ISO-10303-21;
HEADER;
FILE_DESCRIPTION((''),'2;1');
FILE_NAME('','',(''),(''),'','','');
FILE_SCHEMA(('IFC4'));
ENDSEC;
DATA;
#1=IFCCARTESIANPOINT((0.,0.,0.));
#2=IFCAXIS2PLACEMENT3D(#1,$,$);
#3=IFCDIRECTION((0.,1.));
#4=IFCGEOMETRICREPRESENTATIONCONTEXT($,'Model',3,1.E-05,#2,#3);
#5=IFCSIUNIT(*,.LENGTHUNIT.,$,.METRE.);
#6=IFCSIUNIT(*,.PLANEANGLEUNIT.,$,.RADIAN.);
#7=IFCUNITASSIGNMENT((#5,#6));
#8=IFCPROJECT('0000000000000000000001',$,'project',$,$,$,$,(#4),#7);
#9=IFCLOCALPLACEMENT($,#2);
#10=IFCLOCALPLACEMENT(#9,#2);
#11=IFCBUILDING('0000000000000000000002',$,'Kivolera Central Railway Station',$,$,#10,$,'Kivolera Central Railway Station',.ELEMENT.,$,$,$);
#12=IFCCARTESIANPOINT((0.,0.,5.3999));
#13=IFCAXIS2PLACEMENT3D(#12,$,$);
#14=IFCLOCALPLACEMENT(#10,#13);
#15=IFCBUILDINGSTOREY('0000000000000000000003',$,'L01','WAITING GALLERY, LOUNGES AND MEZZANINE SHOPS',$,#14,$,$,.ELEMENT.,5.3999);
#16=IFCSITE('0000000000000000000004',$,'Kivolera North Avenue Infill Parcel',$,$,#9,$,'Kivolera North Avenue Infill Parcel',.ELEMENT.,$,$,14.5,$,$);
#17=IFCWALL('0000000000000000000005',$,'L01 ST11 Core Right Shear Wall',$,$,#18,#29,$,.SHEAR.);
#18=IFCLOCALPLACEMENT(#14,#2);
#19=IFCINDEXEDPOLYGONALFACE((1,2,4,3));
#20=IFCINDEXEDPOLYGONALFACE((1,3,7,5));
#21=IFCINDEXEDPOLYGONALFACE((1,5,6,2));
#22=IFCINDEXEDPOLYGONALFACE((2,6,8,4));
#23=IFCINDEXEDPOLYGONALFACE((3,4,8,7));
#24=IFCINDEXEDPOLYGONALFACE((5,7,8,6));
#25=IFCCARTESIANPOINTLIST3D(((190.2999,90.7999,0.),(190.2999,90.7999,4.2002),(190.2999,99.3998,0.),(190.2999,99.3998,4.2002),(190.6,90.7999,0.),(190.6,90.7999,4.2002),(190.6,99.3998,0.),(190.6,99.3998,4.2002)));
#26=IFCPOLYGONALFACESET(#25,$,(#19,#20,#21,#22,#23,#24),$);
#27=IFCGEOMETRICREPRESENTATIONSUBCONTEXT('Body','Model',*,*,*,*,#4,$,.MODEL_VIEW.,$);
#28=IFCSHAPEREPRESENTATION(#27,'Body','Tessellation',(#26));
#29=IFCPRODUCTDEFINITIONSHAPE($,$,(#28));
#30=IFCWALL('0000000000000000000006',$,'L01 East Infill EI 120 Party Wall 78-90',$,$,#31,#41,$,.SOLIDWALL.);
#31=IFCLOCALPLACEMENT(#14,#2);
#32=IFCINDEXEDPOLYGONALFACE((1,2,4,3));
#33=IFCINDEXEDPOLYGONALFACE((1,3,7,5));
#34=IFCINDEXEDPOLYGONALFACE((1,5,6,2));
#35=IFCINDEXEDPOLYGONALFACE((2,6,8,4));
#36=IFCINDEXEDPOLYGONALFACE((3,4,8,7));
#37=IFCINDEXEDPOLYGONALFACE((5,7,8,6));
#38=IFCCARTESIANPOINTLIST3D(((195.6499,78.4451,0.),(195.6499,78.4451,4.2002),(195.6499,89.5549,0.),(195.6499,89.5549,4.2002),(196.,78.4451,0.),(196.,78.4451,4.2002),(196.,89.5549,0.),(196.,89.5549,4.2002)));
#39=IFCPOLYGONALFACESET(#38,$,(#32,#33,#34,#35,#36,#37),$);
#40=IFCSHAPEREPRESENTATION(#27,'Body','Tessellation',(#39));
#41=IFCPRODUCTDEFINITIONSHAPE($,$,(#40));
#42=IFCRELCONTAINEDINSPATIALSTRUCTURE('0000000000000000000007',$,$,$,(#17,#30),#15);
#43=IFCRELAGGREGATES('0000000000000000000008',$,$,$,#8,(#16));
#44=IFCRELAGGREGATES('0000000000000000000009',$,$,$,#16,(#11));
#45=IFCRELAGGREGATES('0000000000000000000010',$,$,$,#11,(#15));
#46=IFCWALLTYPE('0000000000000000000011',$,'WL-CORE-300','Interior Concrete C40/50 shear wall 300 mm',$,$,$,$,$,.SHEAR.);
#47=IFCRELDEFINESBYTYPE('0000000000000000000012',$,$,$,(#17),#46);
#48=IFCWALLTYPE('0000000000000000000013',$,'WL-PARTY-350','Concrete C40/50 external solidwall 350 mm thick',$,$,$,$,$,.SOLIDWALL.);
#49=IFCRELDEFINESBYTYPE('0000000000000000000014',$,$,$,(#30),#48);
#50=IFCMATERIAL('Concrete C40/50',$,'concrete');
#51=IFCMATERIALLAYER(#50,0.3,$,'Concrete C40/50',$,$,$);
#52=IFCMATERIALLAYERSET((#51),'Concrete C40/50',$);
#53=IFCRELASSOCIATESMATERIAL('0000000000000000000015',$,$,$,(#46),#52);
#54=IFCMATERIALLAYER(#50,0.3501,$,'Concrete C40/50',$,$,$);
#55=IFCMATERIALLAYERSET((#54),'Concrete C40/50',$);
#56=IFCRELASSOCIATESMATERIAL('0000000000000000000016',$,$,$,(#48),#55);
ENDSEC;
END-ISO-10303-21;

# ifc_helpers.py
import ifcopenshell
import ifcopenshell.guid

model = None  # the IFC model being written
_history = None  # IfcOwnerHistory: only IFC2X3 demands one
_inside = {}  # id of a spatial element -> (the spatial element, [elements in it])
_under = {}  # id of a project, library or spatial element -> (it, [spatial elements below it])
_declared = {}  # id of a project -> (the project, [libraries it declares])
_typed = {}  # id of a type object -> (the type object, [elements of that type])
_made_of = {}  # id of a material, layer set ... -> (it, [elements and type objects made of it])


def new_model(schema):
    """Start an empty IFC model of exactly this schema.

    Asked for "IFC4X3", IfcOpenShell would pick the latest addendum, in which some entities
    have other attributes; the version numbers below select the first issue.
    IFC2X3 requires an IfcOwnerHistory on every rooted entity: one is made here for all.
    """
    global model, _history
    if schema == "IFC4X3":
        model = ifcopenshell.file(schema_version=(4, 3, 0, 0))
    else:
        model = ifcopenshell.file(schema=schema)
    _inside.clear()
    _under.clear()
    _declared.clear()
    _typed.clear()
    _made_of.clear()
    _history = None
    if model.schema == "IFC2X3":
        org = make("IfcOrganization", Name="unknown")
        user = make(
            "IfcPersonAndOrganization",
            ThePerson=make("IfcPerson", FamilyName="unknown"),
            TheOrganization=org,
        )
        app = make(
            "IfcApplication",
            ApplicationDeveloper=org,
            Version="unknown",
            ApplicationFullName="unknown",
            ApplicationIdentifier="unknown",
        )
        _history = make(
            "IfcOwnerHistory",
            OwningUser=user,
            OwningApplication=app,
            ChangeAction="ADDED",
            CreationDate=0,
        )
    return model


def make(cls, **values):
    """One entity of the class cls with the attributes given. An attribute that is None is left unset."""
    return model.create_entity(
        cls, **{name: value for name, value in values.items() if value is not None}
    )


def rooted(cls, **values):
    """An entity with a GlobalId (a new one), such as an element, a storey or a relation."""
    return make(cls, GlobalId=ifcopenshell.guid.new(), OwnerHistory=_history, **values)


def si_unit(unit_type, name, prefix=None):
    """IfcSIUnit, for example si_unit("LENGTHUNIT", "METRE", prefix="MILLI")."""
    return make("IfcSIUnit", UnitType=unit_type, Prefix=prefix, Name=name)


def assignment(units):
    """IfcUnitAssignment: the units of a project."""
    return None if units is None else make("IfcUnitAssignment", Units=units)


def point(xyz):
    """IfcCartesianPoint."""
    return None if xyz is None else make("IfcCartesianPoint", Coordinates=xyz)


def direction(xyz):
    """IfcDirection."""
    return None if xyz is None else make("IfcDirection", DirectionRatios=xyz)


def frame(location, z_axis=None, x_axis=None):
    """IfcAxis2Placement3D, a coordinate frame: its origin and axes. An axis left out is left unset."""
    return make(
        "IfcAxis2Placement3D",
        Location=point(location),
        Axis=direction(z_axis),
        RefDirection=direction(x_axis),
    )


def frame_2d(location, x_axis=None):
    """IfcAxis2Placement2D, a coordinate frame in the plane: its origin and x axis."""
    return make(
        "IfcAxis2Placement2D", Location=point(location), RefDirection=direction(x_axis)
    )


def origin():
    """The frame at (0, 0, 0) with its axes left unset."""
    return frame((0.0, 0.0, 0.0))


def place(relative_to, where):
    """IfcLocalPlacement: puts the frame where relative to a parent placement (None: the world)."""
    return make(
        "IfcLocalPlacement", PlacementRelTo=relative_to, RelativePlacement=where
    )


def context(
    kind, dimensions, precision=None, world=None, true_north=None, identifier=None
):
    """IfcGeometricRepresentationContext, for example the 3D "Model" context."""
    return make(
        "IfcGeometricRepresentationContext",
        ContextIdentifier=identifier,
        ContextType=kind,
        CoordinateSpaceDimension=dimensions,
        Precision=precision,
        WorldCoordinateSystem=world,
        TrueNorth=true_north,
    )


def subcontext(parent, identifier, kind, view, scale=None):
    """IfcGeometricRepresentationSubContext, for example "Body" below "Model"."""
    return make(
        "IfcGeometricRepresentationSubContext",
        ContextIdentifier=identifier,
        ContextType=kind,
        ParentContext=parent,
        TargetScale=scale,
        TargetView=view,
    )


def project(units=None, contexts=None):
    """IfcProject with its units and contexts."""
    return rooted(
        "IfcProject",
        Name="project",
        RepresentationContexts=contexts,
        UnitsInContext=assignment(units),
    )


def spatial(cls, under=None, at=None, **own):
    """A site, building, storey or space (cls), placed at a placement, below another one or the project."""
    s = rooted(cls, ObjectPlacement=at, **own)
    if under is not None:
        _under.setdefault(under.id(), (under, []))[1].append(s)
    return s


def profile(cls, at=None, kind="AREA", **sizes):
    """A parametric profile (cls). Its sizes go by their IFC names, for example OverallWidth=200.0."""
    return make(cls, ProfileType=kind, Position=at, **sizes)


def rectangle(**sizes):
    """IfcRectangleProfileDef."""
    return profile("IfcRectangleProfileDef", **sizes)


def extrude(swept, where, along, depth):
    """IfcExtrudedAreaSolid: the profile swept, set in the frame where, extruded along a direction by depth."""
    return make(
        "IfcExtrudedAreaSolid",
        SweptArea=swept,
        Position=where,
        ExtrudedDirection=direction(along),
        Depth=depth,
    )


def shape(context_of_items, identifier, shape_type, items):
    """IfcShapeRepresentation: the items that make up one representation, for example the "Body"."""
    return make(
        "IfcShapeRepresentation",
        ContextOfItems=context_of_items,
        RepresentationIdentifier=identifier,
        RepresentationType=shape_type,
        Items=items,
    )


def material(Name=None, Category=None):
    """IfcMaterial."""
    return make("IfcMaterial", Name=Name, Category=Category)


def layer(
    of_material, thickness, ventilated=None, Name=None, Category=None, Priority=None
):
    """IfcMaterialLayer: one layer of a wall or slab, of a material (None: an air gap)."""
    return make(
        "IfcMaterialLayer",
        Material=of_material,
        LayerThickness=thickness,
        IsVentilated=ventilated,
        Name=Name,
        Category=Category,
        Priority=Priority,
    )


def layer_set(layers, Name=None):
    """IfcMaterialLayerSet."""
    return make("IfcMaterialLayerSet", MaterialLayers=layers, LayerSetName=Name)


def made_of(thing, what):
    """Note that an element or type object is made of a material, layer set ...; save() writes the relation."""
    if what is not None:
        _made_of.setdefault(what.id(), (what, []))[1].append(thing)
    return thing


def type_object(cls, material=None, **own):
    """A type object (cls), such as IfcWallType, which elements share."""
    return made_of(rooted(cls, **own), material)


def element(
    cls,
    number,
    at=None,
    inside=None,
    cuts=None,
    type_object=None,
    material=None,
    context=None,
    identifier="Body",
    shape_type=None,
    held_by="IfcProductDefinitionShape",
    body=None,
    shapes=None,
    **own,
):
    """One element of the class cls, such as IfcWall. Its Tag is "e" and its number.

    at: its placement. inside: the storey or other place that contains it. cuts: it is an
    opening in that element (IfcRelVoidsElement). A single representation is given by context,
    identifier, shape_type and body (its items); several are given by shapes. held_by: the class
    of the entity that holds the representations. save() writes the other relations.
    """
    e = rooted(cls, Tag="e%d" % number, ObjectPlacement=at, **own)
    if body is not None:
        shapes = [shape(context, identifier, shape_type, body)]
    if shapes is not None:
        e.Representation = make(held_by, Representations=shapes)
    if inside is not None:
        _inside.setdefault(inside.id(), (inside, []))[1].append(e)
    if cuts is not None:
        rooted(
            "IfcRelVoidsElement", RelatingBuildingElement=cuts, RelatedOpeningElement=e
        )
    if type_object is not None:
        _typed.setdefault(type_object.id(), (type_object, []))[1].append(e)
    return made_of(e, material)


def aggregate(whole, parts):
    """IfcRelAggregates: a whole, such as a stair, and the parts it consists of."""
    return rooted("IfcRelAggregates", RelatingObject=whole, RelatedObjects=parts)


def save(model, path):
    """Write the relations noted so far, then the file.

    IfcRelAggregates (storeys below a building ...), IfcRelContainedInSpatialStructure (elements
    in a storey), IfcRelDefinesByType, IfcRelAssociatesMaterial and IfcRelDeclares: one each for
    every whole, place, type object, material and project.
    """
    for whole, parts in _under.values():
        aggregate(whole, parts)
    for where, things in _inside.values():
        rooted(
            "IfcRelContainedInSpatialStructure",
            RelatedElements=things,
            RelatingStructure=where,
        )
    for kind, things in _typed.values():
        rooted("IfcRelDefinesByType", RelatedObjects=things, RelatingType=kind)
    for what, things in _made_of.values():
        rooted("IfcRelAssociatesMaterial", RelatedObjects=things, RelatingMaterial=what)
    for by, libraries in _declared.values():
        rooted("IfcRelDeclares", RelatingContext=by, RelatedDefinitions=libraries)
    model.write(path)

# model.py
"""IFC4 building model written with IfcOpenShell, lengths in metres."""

from ifc_helpers import new_model, si_unit, direction, frame, frame_2d, origin, place, context, subcontext, project, spatial, rectangle, extrude, material, layer, layer_set, type_object, element, save


model = new_model("IFC4")

# Units and contexts
model_context = context("Model", 3, precision=1e-05, world=origin(), true_north=direction((0.0, 1.0)))
body_context = subcontext(model_context, "Body", "Model", "MODEL_VIEW")
ifc_project = project(units=[si_unit("LENGTHUNIT", "METRE"), si_unit("PLANEANGLEUNIT", "RADIAN")], contexts=[model_context])

# Site, building, storey
site_placement = place(None, origin())
site = spatial("IfcSite", under=ifc_project, at=site_placement, Name="Kivolera North Avenue Infill Parcel", LongName="Kivolera North Avenue Infill Parcel", CompositionType="ELEMENT", RefElevation=14.5)
building_placement = place(site_placement, origin())
building = spatial("IfcBuilding", under=site, at=building_placement, Name="Kivolera Central Railway Station", LongName="Kivolera Central Railway Station", CompositionType="ELEMENT")
storey_placement = place(building_placement, frame((0.0, 0.0, 5.3999)))
storey = spatial("IfcBuildingStorey", under=building, at=storey_placement, Name="L01", Description="WAITING GALLERY, LOUNGES AND MEZZANINE SHOPS", CompositionType="ELEMENT", Elevation=5.3999)

# Shared definitions
ifc_material_1 = material(Name="Concrete C40/50", Category="concrete")

# Wall
ifc_layer_1 = layer(ifc_material_1, 0.3, Name="Concrete C40/50")
ifc_layer_set_1 = layer_set([ifc_layer_1], Name="Concrete C40/50")
wall_type_1 = type_object("IfcWallType", Name="WL-CORE-300", Description="Interior Concrete C40/50 shear wall 300 mm", PredefinedType="SHEAR", material=ifc_layer_set_1)
wall_1_placement = place(storey_placement, frame((190.45, 90.8, 0.0), z_axis=(0.0, 0.0, 1.0), x_axis=(0.0, 1.0, 0.0)))
element("IfcWall", 1, at=wall_1_placement, inside=storey, type_object=wall_type_1, Name="L01 ST11 Core Right Shear Wall", PredefinedType="SHEAR", context=body_context, shape_type="SweptSolid", body=[
    extrude(rectangle(XDim=8.5999, YDim=0.3, at=frame_2d((4.2998, 0.0))), origin(), (0.0, 0.0, 1.0), 4.2002),
])

# Wall
ifc_layer_2 = layer(ifc_material_1, 0.3501, Name="Concrete C40/50")
ifc_layer_set_2 = layer_set([ifc_layer_2], Name="Concrete C40/50")
wall_type_2 = type_object("IfcWallType", Name="WL-PARTY-350", Description="Concrete C40/50 external solidwall 350 mm thick", PredefinedType="SOLIDWALL", material=ifc_layer_set_2)
wall_2_placement = place(storey_placement, frame((195.825, 89.5549, 0.0), z_axis=(0.0, 0.0, 1.0), x_axis=(0.0, -1.0, 0.0)))
element("IfcWall", 2, at=wall_2_placement, inside=storey, type_object=wall_type_2, Name="L01 East Infill EI 120 Party Wall 78-90", PredefinedType="SOLIDWALL", context=body_context, shape_type="SweptSolid", body=[
    extrude(rectangle(XDim=11.1099, YDim=0.3501, at=frame_2d((5.5549, 0.0))), origin(), (0.0, 0.0, 1.0), 4.2002),
])

save(model, "model.ifc")
